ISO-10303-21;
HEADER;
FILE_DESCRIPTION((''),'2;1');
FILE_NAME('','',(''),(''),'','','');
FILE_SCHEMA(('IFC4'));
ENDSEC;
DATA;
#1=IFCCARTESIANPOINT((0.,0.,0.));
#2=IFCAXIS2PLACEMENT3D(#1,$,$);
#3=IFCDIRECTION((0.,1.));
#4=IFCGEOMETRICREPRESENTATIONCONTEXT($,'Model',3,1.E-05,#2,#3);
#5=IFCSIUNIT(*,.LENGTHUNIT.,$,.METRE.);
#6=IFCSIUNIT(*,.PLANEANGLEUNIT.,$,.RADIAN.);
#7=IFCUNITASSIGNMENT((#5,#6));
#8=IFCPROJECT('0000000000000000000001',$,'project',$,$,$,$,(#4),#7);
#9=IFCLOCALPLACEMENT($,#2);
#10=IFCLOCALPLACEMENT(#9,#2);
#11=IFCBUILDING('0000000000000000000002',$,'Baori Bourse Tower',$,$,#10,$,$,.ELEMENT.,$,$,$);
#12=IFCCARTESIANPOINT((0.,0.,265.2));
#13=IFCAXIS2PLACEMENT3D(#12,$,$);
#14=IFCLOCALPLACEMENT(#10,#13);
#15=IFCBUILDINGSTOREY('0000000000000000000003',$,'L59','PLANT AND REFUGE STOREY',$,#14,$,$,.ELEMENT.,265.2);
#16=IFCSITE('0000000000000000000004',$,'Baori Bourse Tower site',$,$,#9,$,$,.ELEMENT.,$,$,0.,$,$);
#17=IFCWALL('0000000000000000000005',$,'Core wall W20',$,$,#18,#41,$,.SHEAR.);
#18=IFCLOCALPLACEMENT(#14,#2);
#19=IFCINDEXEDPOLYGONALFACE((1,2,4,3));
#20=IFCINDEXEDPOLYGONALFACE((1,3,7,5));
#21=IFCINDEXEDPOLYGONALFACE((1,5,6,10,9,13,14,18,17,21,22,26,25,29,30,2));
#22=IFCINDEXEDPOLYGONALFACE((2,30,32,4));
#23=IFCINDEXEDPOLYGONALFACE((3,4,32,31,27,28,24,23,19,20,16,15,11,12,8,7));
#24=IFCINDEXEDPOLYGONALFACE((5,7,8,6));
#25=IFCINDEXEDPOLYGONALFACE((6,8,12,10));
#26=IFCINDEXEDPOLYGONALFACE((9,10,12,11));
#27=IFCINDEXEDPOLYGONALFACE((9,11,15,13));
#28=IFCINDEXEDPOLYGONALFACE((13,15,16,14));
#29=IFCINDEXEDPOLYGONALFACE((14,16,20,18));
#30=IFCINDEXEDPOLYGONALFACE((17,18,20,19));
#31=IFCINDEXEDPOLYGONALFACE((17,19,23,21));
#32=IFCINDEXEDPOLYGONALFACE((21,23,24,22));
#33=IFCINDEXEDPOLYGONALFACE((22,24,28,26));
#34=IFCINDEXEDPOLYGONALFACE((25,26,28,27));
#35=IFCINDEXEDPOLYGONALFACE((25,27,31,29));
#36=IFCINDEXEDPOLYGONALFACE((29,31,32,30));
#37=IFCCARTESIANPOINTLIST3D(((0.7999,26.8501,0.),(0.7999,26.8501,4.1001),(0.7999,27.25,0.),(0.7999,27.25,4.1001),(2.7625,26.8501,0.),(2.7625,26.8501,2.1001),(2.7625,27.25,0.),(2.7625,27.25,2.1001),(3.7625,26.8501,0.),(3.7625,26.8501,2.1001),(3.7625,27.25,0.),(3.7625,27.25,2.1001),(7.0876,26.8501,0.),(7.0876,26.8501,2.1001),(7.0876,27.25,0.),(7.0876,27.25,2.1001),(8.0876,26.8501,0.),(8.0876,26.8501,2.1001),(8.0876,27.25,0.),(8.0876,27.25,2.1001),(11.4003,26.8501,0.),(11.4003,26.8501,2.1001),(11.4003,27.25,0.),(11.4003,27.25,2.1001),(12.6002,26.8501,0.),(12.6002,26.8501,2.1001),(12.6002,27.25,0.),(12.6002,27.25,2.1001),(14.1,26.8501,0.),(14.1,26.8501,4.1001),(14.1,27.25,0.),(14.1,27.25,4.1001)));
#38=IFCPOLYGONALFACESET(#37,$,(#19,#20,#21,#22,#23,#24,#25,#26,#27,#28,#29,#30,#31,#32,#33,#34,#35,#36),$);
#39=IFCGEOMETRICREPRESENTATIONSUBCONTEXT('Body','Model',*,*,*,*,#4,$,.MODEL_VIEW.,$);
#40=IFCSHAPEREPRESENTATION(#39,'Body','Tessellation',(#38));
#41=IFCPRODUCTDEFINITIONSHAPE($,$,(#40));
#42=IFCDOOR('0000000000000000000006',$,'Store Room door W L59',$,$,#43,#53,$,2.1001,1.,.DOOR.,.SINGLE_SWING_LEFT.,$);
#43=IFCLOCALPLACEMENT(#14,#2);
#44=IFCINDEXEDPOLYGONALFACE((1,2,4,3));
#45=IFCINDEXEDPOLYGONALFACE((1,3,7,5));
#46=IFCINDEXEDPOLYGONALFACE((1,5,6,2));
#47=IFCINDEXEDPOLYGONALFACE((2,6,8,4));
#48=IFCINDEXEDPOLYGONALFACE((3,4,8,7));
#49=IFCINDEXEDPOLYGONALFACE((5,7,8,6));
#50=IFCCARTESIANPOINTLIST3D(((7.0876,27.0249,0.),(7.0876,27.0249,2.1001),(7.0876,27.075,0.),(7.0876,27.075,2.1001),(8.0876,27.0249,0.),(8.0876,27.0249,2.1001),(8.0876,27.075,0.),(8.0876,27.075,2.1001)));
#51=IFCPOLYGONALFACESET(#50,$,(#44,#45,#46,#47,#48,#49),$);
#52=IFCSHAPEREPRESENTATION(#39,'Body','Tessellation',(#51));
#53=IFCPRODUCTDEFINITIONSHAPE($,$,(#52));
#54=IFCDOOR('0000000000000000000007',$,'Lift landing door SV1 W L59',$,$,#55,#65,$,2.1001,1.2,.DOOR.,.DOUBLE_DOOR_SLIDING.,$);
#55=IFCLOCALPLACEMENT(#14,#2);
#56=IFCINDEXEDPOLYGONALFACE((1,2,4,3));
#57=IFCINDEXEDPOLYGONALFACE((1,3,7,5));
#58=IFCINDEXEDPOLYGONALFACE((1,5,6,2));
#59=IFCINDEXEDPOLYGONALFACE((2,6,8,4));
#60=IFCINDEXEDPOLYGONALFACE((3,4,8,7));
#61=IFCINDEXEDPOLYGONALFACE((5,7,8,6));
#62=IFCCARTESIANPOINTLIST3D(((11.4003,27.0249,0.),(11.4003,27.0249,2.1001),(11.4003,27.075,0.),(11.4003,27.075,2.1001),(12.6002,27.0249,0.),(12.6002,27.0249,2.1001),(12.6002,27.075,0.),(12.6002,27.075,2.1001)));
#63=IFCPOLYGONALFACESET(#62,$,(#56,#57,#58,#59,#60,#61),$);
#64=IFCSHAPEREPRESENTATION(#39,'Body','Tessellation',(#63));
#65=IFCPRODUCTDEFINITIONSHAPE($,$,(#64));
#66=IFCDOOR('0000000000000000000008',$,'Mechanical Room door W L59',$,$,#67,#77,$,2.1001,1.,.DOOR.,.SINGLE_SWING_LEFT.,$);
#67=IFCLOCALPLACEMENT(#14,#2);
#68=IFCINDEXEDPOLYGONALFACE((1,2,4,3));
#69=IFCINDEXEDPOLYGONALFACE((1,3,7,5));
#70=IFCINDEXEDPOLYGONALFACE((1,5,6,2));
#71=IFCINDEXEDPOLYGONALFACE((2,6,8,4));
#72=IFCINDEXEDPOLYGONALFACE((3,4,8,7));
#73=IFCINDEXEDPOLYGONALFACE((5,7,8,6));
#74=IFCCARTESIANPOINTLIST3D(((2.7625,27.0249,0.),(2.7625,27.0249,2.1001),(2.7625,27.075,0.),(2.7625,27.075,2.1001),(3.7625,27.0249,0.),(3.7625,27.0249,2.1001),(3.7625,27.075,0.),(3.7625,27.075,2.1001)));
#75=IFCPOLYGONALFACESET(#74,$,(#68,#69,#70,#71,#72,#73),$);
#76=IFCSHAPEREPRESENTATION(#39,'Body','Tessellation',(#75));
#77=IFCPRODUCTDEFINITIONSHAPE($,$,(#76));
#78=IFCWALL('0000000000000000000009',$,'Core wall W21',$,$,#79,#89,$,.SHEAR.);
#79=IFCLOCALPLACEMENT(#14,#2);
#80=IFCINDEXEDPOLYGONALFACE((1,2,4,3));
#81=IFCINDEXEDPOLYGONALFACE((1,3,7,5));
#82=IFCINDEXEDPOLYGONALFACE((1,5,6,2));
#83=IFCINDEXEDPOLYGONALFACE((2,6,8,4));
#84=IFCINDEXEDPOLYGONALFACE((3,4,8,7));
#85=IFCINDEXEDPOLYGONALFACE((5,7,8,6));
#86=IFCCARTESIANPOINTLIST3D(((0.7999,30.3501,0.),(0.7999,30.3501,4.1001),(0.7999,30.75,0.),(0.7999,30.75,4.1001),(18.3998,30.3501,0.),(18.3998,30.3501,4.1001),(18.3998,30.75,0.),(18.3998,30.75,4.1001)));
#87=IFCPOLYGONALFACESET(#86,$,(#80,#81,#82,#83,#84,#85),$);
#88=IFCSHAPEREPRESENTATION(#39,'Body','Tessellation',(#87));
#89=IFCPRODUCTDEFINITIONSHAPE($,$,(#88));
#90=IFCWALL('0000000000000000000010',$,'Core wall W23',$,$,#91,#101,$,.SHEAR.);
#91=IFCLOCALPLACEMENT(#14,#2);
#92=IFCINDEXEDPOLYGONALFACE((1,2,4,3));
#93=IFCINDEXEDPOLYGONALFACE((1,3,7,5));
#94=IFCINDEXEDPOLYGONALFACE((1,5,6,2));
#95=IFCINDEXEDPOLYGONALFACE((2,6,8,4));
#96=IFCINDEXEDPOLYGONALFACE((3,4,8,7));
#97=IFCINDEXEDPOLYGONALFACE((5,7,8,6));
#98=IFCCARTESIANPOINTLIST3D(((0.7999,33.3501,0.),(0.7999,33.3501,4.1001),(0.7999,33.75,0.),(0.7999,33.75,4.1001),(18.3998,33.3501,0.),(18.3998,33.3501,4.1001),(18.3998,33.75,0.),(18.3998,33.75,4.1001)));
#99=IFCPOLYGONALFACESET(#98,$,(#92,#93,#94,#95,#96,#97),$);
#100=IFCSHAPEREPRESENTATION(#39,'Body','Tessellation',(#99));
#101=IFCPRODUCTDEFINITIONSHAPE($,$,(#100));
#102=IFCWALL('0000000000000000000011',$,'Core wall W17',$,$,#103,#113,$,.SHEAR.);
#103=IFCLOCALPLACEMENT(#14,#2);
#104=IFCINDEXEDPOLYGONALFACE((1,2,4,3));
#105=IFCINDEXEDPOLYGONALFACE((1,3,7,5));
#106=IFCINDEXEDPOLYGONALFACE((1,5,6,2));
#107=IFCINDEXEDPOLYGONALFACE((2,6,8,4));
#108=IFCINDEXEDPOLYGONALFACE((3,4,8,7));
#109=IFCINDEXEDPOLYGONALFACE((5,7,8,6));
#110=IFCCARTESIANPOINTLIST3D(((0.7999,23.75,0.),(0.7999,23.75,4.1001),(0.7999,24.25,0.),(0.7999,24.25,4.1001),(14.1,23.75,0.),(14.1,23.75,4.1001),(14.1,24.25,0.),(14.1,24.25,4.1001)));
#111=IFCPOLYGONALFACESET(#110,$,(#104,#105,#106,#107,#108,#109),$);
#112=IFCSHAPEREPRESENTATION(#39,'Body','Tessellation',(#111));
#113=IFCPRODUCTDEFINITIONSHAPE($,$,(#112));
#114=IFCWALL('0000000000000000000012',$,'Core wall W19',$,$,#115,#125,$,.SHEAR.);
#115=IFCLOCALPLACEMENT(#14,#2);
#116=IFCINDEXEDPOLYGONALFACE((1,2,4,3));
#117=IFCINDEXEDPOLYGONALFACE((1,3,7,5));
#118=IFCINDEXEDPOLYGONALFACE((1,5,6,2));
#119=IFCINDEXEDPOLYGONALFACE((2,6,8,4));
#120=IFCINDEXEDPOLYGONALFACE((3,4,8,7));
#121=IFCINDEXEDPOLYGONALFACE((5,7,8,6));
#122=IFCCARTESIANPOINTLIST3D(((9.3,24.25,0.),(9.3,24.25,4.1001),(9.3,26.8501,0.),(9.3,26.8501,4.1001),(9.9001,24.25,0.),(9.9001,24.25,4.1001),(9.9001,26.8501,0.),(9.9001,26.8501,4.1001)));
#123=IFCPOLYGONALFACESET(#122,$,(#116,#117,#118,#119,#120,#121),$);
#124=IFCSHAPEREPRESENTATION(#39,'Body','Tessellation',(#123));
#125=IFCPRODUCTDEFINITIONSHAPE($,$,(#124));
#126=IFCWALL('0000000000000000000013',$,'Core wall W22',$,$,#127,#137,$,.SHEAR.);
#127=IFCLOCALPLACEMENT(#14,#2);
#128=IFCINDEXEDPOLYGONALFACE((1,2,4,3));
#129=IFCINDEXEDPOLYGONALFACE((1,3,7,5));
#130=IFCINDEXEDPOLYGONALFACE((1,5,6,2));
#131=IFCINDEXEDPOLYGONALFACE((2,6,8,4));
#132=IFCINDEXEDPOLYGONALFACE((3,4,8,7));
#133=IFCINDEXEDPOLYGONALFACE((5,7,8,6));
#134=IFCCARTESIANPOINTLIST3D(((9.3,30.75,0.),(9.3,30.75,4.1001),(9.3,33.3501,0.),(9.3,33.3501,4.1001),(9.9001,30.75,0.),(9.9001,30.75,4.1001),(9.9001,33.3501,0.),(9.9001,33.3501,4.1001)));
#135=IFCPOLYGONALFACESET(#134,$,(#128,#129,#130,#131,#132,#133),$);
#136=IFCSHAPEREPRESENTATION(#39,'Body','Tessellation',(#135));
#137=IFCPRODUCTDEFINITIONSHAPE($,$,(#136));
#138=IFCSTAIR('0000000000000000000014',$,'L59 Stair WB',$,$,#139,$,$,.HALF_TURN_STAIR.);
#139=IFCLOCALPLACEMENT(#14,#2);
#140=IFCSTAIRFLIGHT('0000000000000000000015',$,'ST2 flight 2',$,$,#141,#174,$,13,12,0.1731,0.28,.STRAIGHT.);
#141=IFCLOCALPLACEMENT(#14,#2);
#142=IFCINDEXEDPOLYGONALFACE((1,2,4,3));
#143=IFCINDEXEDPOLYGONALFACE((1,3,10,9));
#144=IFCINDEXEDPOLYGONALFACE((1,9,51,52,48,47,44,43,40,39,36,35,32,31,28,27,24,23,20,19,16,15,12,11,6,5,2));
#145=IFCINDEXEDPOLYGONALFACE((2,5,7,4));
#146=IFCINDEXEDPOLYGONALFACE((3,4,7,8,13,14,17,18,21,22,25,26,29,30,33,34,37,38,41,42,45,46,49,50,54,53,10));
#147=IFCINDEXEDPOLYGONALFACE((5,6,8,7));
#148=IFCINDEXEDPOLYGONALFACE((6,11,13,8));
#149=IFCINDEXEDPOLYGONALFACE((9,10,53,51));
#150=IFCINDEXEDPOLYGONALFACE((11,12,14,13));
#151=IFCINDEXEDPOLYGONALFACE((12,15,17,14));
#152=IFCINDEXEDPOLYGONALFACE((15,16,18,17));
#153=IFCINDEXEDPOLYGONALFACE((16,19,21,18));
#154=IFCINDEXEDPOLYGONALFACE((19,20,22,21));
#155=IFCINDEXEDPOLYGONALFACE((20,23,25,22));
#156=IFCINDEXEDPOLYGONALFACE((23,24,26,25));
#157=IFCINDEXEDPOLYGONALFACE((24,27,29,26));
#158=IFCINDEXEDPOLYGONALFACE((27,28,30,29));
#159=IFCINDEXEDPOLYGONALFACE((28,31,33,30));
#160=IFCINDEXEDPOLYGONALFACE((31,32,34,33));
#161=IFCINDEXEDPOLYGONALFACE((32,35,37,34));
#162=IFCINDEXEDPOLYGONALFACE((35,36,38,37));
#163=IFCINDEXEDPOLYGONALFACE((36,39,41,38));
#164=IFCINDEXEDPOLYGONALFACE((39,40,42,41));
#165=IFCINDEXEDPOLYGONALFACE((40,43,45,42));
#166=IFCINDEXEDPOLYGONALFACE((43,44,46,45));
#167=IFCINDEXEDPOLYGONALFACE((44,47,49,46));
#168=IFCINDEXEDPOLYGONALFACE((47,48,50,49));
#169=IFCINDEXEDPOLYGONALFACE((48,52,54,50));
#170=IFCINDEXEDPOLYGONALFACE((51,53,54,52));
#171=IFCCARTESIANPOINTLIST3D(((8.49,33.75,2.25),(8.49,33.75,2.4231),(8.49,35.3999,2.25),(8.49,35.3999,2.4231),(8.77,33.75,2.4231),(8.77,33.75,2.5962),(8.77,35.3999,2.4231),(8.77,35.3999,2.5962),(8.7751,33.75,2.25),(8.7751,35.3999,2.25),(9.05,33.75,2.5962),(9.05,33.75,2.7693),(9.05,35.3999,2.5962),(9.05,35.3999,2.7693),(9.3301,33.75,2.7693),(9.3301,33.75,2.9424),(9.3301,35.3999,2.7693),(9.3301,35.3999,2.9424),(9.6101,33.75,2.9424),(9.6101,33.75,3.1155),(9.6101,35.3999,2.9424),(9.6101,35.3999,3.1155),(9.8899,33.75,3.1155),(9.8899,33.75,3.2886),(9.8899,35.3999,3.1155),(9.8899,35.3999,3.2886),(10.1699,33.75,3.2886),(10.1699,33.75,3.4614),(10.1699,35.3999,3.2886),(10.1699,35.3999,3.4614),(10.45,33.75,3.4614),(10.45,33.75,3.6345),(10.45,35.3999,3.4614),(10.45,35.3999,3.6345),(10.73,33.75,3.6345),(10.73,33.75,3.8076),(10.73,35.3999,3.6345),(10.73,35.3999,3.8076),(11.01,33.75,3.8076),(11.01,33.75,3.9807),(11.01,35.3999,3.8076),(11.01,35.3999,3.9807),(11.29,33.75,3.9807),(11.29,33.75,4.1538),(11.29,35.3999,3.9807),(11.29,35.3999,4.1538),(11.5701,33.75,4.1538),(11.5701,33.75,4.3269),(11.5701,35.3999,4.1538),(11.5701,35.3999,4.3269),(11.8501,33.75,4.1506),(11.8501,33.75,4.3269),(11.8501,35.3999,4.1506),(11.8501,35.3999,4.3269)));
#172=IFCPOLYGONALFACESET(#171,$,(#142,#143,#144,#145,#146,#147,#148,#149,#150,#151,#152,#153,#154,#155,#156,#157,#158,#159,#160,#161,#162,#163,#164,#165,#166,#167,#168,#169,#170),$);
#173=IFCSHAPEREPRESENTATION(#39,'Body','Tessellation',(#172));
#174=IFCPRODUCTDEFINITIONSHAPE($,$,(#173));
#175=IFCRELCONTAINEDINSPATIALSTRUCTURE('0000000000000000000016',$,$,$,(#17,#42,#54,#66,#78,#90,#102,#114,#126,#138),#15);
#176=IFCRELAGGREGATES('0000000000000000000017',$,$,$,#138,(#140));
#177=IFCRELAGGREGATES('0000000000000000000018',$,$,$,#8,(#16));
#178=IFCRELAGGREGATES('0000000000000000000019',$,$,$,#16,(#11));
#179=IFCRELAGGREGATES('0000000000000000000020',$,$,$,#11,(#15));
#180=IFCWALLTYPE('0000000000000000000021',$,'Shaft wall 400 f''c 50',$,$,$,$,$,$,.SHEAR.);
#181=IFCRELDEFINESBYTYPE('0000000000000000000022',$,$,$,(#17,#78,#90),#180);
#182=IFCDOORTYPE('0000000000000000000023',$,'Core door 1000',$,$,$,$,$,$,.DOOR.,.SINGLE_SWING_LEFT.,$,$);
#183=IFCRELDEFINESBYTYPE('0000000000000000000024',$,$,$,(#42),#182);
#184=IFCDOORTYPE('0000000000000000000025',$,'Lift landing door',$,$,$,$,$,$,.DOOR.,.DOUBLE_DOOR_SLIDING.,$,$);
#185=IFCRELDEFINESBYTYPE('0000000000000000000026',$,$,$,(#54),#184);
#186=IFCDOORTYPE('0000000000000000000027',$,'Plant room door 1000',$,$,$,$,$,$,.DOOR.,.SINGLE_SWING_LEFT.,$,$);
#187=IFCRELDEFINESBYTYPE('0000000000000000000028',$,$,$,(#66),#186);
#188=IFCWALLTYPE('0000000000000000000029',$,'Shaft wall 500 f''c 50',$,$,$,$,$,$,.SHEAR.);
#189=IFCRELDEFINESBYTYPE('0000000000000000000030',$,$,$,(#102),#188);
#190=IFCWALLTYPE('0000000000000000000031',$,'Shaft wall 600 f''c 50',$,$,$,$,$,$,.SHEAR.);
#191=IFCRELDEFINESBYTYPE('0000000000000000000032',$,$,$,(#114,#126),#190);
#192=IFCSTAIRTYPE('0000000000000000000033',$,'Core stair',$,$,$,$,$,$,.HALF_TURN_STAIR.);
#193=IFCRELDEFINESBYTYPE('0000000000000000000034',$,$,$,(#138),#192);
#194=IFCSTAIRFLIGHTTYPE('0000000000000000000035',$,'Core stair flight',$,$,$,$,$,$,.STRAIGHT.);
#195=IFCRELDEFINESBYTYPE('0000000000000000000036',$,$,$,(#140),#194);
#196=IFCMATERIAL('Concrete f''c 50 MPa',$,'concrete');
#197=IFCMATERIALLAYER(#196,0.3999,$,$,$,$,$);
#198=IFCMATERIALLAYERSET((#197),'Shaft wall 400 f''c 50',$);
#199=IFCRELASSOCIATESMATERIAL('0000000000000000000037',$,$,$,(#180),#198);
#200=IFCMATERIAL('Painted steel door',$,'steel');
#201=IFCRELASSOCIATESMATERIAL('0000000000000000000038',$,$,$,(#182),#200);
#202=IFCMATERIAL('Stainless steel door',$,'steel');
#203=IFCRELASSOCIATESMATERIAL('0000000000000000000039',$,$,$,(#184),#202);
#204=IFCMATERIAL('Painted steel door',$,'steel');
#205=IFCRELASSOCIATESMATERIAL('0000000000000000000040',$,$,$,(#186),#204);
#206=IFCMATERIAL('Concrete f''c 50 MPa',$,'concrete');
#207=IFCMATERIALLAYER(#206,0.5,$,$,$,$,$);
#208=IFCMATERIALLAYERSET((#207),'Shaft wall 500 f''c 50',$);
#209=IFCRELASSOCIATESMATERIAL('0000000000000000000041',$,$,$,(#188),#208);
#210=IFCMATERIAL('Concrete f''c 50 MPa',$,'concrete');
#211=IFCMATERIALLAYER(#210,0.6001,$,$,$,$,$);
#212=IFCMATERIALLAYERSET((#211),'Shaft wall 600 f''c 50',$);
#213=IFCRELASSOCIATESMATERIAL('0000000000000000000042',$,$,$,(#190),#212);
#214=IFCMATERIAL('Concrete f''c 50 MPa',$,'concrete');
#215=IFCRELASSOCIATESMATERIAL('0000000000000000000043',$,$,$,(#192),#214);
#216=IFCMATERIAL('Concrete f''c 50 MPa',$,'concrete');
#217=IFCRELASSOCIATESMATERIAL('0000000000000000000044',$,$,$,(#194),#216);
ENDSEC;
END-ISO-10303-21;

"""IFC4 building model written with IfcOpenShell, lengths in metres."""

from ifc_helpers import new_model, si_unit, direction, frame, frame_2d, origin, place, context, subcontext, project, spatial, polyline, rectangle, outline, extrude, material, layer, layer_set, type_object, element, fill, aggregate, save


model = new_model("IFC4")

# Units and contexts
model_context = context("Model", 3, precision=1e-05, world=origin(), true_north=direction((0.0, 1.0)))
body_context = subcontext(model_context, "Body", "Model", "MODEL_VIEW")
ifc_project = project(units=[si_unit("LENGTHUNIT", "METRE"), si_unit("PLANEANGLEUNIT", "RADIAN")], contexts=[model_context])

# Site, building, storey
site_placement = place(None, origin())
site = spatial("IfcSite", under=ifc_project, at=site_placement, Name="Baori Bourse Tower site", CompositionType="ELEMENT", RefElevation=0.0)
building_placement = place(site_placement, origin())
building = spatial("IfcBuilding", under=site, at=building_placement, Name="Baori Bourse Tower", CompositionType="ELEMENT")
storey_placement = place(building_placement, frame((0.0, 0.0, 265.2)))
storey = spatial("IfcBuildingStorey", under=building, at=storey_placement, Name="L59", Description="PLANT AND REFUGE STOREY", CompositionType="ELEMENT", Elevation=265.2)

# Wall, openings, doors
ifc_material_1 = material(Name="Concrete f'c 50 MPa", Category="concrete")
ifc_layer_1 = layer(ifc_material_1, 0.3999)
ifc_layer_set_1 = layer_set([ifc_layer_1], Name="Shaft wall 400 f'c 50")
wall_type_1 = type_object("IfcWallType", Name="Shaft wall 400 f'c 50", PredefinedType="SHEAR", material=ifc_layer_set_1)
wall_1_placement = place(storey_placement, frame((0.8, 27.05, 0.0), z_axis=(0.0, 0.0, 1.0), x_axis=(1.0, 0.0, 0.0)))
wall_1 = element("IfcWall", 1, at=wall_1_placement, inside=storey, type_object=wall_type_1, Name="Core wall W20", PredefinedType="SHEAR", context=body_context, shape_type="SweptSolid", body=[
    extrude(rectangle(XDim=13.3, YDim=0.3999, at=frame_2d((6.6499, 0.0))), origin(), (0.0, 0.0, 1.0), 4.1001),
])
opening_1_placement = place(wall_1_placement, frame((1.9624, 0.0, 0.0)))
opening_1 = element("IfcOpeningElement", 2, at=opening_1_placement, cuts=wall_1, PredefinedType="OPENING", context=body_context, shape_type="SweptSolid", body=[
    extrude(rectangle(XDim=1.0, YDim=2.1001, at=frame_2d((0.5, 1.05))), frame((0.0, 0.21, 0.0), z_axis=(0.0, -1.0, 0.0), x_axis=(1.0, 0.0, 0.0)), (0.0, 0.0, 1.0), 0.4199),
])
opening_2_placement = place(wall_1_placement, frame((6.2876, 0.0, 0.0)))
opening_2 = element("IfcOpeningElement", 3, at=opening_2_placement, cuts=wall_1, PredefinedType="OPENING", context=body_context, shape_type="SweptSolid", body=[
    extrude(rectangle(XDim=1.0, YDim=2.1001, at=frame_2d((0.5, 1.05))), frame((0.0, 0.21, 0.0), z_axis=(0.0, -1.0, 0.0), x_axis=(1.0, 0.0, 0.0)), (0.0, 0.0, 1.0), 0.4199),
])
opening_3_placement = place(wall_1_placement, frame((10.6001, 0.0, 0.0)))
opening_3 = element("IfcOpeningElement", 4, at=opening_3_placement, cuts=wall_1, PredefinedType="OPENING", context=body_context, shape_type="SweptSolid", body=[
    extrude(rectangle(XDim=1.2, YDim=2.1001, at=frame_2d((0.6001, 1.05))), frame((0.0, 0.21, 0.0), z_axis=(0.0, -1.0, 0.0), x_axis=(1.0, 0.0, 0.0)), (0.0, 0.0, 1.0), 0.4199),
])
ifc_material_2 = material(Name="Painted steel door", Category="steel")
door_type_1 = type_object("IfcDoorType", Name="Core door 1000", OperationType="SINGLE_SWING_LEFT", PredefinedType="DOOR", material=ifc_material_2)
door_1_placement = place(opening_2_placement, origin())
door_1 = element("IfcDoor", 5, at=door_1_placement, inside=storey, type_object=door_type_1, Name="Store Room door W L59", OperationType="SINGLE_SWING_LEFT", OverallHeight=2.1001, OverallWidth=1.0, PredefinedType="DOOR", context=body_context, shape_type="SweptSolid", body=[
    extrude(rectangle(XDim=1.0, YDim=2.1001, at=frame_2d((0.5, 1.05))), frame((0.0, 0.0249, 0.0), z_axis=(0.0, -1.0, 0.0), x_axis=(1.0, 0.0, 0.0)), (0.0, 0.0, 1.0), 0.05),
])
fill(opening_2, door_1)
ifc_material_3 = material(Name="Stainless steel door", Category="steel")
door_type_2 = type_object("IfcDoorType", Name="Lift landing door", OperationType="DOUBLE_DOOR_SLIDING", PredefinedType="DOOR", material=ifc_material_3)
door_2_placement = place(opening_3_placement, origin())
door_2 = element("IfcDoor", 6, at=door_2_placement, inside=storey, type_object=door_type_2, Name="Lift landing door SV1 W L59", OperationType="DOUBLE_DOOR_SLIDING", OverallHeight=2.1001, OverallWidth=1.2, PredefinedType="DOOR", context=body_context, shape_type="SweptSolid", body=[
    extrude(rectangle(XDim=1.2, YDim=2.1001, at=frame_2d((0.6001, 1.05))), frame((0.0, 0.0249, 0.0), z_axis=(0.0, -1.0, 0.0), x_axis=(1.0, 0.0, 0.0)), (0.0, 0.0, 1.0), 0.05),
])
fill(opening_3, door_2)
ifc_material_4 = material(Name="Painted steel door", Category="steel")
door_type_3 = type_object("IfcDoorType", Name="Plant room door 1000", OperationType="SINGLE_SWING_LEFT", PredefinedType="DOOR", material=ifc_material_4)
door_3_placement = place(opening_1_placement, origin())
door_3 = element("IfcDoor", 7, at=door_3_placement, inside=storey, type_object=door_type_3, Name="Mechanical Room door W L59", OperationType="SINGLE_SWING_LEFT", OverallHeight=2.1001, OverallWidth=1.0, PredefinedType="DOOR", context=body_context, shape_type="SweptSolid", body=[
    extrude(rectangle(XDim=1.0, YDim=2.1001, at=frame_2d((0.5, 1.05))), frame((0.0, 0.0249, 0.0), z_axis=(0.0, -1.0, 0.0), x_axis=(1.0, 0.0, 0.0)), (0.0, 0.0, 1.0), 0.05),
])
fill(opening_1, door_3)

# Walls
for number, where, z_axis, x_axis, name in (
    (8, (0.8, 30.55, 0.0), (0.0, 0.0, 1.0), (1.0, 0.0, 0.0), "Core wall W21"),
    (9, (0.8, 33.55, 0.0), (0.0, 0.0, 1.0), (1.0, 0.0, 0.0), "Core wall W23"),
):
    element("IfcWall", number, at=place(storey_placement, frame(where, z_axis=z_axis, x_axis=x_axis)), inside=storey, type_object=wall_type_1, Name=name, PredefinedType="SHEAR", context=body_context, shape_type="SweptSolid", body=[
        extrude(rectangle(XDim=17.5999, YDim=0.3999, at=frame_2d((8.7998, 0.0))), origin(), (0.0, 0.0, 1.0), 4.1001),
    ])
ifc_material_5 = material(Name="Concrete f'c 50 MPa", Category="concrete")
ifc_layer_2 = layer(ifc_material_5, 0.5)
ifc_layer_set_2 = layer_set([ifc_layer_2], Name="Shaft wall 500 f'c 50")
wall_type_2 = type_object("IfcWallType", Name="Shaft wall 500 f'c 50", PredefinedType="SHEAR", material=ifc_layer_set_2)
wall_2_placement = place(storey_placement, frame((0.8, 24.0, 0.0), z_axis=(0.0, 0.0, 1.0), x_axis=(1.0, 0.0, 0.0)))
element("IfcWall", 10, at=wall_2_placement, inside=storey, type_object=wall_type_2, Name="Core wall W17", PredefinedType="SHEAR", context=body_context, shape_type="SweptSolid", body=[
    extrude(rectangle(XDim=13.3, YDim=0.5, at=frame_2d((6.6499, 0.0))), origin(), (0.0, 0.0, 1.0), 4.1001),
])
ifc_material_6 = material(Name="Concrete f'c 50 MPa", Category="concrete")
ifc_layer_3 = layer(ifc_material_6, 0.6001)
ifc_layer_set_3 = layer_set([ifc_layer_3], Name="Shaft wall 600 f'c 50")
wall_type_3 = type_object("IfcWallType", Name="Shaft wall 600 f'c 50", PredefinedType="SHEAR", material=ifc_layer_set_3)
for number, where, z_axis, x_axis, name in (
    (11, (9.6001, 24.25, 0.0), (0.0, 0.0, 1.0), (0.0, 1.0, 0.0), "Core wall W19"),
    (12, (9.6001, 30.75, 0.0), (0.0, 0.0, 1.0), (0.0, 1.0, 0.0), "Core wall W22"),
):
    element("IfcWall", number, at=place(storey_placement, frame(where, z_axis=z_axis, x_axis=x_axis)), inside=storey, type_object=wall_type_3, Name=name, PredefinedType="SHEAR", context=body_context, shape_type="SweptSolid", body=[
        extrude(rectangle(XDim=2.6001, YDim=0.6001, at=frame_2d((1.3, 0.0))), origin(), (0.0, 0.0, 1.0), 4.1001),
    ])

# Stair, stair flight
ifc_material_7 = material(Name="Concrete f'c 50 MPa", Category="concrete")
stair_type = type_object("IfcStairType", Name="Core stair", PredefinedType="HALF_TURN_STAIR", material=ifc_material_7)
stair_placement = place(storey_placement, origin())
stair = element("IfcStair", 13, at=stair_placement, inside=storey, type_object=stair_type, Name="L59 Stair WB", PredefinedType="HALF_TURN_STAIR")
ifc_material_8 = material(Name="Concrete f'c 50 MPa", Category="concrete")
stair_flight_type = type_object("IfcStairFlightType", Name="Core stair flight", PredefinedType="STRAIGHT", material=ifc_material_8)
stair_flight_placement = place(storey_placement, frame((8.49, 34.575, 2.25), z_axis=(0.0, 0.0, 1.0), x_axis=(1.0, 0.0, 0.0)))
stair_flight = element("IfcStairFlight", 14, at=stair_flight_placement, type_object=stair_flight_type, Name="ST2 flight 2", NumberOfRisers=13, NumberOfTreads=12, PredefinedType="STRAIGHT", RiserHeight=0.1731, TreadLength=0.28, context=body_context, shape_type="SweptSolid", body=[
    extrude(outline(polyline([(0.0, 0.0), (0.0, 0.1731), (0.28, 0.1731), (0.28, 0.3462), (0.5601, 0.3462), (0.5601, 0.5193), (0.8401, 0.5193), (0.8401, 0.6924), (1.1201, 0.6924), (1.1201, 0.8655), (1.3999, 0.8655), (1.3999, 1.0386), (1.6799, 1.0386), (1.6799, 1.2114), (1.96, 1.2114), (1.96, 1.3845), (2.24, 1.3845), (2.24, 1.5576), (2.52, 1.5576), (2.52, 1.7307), (2.8, 1.7307), (2.8, 1.9038), (3.0801, 1.9038), (3.0801, 2.0769), (3.3601, 2.0769), (3.3601, 2.25), (3.3601, 1.9006), (0.2852, 0.0), (0.0, 0.0)])), frame((0.0, 0.825, 0.0), z_axis=(0.0, -1.0, 0.0), x_axis=(1.0, 0.0, 0.0)), (0.0, 0.0, 1.0), 1.6499),
])
aggregate(stair, [stair_flight])

save(model, "model.ifc")
